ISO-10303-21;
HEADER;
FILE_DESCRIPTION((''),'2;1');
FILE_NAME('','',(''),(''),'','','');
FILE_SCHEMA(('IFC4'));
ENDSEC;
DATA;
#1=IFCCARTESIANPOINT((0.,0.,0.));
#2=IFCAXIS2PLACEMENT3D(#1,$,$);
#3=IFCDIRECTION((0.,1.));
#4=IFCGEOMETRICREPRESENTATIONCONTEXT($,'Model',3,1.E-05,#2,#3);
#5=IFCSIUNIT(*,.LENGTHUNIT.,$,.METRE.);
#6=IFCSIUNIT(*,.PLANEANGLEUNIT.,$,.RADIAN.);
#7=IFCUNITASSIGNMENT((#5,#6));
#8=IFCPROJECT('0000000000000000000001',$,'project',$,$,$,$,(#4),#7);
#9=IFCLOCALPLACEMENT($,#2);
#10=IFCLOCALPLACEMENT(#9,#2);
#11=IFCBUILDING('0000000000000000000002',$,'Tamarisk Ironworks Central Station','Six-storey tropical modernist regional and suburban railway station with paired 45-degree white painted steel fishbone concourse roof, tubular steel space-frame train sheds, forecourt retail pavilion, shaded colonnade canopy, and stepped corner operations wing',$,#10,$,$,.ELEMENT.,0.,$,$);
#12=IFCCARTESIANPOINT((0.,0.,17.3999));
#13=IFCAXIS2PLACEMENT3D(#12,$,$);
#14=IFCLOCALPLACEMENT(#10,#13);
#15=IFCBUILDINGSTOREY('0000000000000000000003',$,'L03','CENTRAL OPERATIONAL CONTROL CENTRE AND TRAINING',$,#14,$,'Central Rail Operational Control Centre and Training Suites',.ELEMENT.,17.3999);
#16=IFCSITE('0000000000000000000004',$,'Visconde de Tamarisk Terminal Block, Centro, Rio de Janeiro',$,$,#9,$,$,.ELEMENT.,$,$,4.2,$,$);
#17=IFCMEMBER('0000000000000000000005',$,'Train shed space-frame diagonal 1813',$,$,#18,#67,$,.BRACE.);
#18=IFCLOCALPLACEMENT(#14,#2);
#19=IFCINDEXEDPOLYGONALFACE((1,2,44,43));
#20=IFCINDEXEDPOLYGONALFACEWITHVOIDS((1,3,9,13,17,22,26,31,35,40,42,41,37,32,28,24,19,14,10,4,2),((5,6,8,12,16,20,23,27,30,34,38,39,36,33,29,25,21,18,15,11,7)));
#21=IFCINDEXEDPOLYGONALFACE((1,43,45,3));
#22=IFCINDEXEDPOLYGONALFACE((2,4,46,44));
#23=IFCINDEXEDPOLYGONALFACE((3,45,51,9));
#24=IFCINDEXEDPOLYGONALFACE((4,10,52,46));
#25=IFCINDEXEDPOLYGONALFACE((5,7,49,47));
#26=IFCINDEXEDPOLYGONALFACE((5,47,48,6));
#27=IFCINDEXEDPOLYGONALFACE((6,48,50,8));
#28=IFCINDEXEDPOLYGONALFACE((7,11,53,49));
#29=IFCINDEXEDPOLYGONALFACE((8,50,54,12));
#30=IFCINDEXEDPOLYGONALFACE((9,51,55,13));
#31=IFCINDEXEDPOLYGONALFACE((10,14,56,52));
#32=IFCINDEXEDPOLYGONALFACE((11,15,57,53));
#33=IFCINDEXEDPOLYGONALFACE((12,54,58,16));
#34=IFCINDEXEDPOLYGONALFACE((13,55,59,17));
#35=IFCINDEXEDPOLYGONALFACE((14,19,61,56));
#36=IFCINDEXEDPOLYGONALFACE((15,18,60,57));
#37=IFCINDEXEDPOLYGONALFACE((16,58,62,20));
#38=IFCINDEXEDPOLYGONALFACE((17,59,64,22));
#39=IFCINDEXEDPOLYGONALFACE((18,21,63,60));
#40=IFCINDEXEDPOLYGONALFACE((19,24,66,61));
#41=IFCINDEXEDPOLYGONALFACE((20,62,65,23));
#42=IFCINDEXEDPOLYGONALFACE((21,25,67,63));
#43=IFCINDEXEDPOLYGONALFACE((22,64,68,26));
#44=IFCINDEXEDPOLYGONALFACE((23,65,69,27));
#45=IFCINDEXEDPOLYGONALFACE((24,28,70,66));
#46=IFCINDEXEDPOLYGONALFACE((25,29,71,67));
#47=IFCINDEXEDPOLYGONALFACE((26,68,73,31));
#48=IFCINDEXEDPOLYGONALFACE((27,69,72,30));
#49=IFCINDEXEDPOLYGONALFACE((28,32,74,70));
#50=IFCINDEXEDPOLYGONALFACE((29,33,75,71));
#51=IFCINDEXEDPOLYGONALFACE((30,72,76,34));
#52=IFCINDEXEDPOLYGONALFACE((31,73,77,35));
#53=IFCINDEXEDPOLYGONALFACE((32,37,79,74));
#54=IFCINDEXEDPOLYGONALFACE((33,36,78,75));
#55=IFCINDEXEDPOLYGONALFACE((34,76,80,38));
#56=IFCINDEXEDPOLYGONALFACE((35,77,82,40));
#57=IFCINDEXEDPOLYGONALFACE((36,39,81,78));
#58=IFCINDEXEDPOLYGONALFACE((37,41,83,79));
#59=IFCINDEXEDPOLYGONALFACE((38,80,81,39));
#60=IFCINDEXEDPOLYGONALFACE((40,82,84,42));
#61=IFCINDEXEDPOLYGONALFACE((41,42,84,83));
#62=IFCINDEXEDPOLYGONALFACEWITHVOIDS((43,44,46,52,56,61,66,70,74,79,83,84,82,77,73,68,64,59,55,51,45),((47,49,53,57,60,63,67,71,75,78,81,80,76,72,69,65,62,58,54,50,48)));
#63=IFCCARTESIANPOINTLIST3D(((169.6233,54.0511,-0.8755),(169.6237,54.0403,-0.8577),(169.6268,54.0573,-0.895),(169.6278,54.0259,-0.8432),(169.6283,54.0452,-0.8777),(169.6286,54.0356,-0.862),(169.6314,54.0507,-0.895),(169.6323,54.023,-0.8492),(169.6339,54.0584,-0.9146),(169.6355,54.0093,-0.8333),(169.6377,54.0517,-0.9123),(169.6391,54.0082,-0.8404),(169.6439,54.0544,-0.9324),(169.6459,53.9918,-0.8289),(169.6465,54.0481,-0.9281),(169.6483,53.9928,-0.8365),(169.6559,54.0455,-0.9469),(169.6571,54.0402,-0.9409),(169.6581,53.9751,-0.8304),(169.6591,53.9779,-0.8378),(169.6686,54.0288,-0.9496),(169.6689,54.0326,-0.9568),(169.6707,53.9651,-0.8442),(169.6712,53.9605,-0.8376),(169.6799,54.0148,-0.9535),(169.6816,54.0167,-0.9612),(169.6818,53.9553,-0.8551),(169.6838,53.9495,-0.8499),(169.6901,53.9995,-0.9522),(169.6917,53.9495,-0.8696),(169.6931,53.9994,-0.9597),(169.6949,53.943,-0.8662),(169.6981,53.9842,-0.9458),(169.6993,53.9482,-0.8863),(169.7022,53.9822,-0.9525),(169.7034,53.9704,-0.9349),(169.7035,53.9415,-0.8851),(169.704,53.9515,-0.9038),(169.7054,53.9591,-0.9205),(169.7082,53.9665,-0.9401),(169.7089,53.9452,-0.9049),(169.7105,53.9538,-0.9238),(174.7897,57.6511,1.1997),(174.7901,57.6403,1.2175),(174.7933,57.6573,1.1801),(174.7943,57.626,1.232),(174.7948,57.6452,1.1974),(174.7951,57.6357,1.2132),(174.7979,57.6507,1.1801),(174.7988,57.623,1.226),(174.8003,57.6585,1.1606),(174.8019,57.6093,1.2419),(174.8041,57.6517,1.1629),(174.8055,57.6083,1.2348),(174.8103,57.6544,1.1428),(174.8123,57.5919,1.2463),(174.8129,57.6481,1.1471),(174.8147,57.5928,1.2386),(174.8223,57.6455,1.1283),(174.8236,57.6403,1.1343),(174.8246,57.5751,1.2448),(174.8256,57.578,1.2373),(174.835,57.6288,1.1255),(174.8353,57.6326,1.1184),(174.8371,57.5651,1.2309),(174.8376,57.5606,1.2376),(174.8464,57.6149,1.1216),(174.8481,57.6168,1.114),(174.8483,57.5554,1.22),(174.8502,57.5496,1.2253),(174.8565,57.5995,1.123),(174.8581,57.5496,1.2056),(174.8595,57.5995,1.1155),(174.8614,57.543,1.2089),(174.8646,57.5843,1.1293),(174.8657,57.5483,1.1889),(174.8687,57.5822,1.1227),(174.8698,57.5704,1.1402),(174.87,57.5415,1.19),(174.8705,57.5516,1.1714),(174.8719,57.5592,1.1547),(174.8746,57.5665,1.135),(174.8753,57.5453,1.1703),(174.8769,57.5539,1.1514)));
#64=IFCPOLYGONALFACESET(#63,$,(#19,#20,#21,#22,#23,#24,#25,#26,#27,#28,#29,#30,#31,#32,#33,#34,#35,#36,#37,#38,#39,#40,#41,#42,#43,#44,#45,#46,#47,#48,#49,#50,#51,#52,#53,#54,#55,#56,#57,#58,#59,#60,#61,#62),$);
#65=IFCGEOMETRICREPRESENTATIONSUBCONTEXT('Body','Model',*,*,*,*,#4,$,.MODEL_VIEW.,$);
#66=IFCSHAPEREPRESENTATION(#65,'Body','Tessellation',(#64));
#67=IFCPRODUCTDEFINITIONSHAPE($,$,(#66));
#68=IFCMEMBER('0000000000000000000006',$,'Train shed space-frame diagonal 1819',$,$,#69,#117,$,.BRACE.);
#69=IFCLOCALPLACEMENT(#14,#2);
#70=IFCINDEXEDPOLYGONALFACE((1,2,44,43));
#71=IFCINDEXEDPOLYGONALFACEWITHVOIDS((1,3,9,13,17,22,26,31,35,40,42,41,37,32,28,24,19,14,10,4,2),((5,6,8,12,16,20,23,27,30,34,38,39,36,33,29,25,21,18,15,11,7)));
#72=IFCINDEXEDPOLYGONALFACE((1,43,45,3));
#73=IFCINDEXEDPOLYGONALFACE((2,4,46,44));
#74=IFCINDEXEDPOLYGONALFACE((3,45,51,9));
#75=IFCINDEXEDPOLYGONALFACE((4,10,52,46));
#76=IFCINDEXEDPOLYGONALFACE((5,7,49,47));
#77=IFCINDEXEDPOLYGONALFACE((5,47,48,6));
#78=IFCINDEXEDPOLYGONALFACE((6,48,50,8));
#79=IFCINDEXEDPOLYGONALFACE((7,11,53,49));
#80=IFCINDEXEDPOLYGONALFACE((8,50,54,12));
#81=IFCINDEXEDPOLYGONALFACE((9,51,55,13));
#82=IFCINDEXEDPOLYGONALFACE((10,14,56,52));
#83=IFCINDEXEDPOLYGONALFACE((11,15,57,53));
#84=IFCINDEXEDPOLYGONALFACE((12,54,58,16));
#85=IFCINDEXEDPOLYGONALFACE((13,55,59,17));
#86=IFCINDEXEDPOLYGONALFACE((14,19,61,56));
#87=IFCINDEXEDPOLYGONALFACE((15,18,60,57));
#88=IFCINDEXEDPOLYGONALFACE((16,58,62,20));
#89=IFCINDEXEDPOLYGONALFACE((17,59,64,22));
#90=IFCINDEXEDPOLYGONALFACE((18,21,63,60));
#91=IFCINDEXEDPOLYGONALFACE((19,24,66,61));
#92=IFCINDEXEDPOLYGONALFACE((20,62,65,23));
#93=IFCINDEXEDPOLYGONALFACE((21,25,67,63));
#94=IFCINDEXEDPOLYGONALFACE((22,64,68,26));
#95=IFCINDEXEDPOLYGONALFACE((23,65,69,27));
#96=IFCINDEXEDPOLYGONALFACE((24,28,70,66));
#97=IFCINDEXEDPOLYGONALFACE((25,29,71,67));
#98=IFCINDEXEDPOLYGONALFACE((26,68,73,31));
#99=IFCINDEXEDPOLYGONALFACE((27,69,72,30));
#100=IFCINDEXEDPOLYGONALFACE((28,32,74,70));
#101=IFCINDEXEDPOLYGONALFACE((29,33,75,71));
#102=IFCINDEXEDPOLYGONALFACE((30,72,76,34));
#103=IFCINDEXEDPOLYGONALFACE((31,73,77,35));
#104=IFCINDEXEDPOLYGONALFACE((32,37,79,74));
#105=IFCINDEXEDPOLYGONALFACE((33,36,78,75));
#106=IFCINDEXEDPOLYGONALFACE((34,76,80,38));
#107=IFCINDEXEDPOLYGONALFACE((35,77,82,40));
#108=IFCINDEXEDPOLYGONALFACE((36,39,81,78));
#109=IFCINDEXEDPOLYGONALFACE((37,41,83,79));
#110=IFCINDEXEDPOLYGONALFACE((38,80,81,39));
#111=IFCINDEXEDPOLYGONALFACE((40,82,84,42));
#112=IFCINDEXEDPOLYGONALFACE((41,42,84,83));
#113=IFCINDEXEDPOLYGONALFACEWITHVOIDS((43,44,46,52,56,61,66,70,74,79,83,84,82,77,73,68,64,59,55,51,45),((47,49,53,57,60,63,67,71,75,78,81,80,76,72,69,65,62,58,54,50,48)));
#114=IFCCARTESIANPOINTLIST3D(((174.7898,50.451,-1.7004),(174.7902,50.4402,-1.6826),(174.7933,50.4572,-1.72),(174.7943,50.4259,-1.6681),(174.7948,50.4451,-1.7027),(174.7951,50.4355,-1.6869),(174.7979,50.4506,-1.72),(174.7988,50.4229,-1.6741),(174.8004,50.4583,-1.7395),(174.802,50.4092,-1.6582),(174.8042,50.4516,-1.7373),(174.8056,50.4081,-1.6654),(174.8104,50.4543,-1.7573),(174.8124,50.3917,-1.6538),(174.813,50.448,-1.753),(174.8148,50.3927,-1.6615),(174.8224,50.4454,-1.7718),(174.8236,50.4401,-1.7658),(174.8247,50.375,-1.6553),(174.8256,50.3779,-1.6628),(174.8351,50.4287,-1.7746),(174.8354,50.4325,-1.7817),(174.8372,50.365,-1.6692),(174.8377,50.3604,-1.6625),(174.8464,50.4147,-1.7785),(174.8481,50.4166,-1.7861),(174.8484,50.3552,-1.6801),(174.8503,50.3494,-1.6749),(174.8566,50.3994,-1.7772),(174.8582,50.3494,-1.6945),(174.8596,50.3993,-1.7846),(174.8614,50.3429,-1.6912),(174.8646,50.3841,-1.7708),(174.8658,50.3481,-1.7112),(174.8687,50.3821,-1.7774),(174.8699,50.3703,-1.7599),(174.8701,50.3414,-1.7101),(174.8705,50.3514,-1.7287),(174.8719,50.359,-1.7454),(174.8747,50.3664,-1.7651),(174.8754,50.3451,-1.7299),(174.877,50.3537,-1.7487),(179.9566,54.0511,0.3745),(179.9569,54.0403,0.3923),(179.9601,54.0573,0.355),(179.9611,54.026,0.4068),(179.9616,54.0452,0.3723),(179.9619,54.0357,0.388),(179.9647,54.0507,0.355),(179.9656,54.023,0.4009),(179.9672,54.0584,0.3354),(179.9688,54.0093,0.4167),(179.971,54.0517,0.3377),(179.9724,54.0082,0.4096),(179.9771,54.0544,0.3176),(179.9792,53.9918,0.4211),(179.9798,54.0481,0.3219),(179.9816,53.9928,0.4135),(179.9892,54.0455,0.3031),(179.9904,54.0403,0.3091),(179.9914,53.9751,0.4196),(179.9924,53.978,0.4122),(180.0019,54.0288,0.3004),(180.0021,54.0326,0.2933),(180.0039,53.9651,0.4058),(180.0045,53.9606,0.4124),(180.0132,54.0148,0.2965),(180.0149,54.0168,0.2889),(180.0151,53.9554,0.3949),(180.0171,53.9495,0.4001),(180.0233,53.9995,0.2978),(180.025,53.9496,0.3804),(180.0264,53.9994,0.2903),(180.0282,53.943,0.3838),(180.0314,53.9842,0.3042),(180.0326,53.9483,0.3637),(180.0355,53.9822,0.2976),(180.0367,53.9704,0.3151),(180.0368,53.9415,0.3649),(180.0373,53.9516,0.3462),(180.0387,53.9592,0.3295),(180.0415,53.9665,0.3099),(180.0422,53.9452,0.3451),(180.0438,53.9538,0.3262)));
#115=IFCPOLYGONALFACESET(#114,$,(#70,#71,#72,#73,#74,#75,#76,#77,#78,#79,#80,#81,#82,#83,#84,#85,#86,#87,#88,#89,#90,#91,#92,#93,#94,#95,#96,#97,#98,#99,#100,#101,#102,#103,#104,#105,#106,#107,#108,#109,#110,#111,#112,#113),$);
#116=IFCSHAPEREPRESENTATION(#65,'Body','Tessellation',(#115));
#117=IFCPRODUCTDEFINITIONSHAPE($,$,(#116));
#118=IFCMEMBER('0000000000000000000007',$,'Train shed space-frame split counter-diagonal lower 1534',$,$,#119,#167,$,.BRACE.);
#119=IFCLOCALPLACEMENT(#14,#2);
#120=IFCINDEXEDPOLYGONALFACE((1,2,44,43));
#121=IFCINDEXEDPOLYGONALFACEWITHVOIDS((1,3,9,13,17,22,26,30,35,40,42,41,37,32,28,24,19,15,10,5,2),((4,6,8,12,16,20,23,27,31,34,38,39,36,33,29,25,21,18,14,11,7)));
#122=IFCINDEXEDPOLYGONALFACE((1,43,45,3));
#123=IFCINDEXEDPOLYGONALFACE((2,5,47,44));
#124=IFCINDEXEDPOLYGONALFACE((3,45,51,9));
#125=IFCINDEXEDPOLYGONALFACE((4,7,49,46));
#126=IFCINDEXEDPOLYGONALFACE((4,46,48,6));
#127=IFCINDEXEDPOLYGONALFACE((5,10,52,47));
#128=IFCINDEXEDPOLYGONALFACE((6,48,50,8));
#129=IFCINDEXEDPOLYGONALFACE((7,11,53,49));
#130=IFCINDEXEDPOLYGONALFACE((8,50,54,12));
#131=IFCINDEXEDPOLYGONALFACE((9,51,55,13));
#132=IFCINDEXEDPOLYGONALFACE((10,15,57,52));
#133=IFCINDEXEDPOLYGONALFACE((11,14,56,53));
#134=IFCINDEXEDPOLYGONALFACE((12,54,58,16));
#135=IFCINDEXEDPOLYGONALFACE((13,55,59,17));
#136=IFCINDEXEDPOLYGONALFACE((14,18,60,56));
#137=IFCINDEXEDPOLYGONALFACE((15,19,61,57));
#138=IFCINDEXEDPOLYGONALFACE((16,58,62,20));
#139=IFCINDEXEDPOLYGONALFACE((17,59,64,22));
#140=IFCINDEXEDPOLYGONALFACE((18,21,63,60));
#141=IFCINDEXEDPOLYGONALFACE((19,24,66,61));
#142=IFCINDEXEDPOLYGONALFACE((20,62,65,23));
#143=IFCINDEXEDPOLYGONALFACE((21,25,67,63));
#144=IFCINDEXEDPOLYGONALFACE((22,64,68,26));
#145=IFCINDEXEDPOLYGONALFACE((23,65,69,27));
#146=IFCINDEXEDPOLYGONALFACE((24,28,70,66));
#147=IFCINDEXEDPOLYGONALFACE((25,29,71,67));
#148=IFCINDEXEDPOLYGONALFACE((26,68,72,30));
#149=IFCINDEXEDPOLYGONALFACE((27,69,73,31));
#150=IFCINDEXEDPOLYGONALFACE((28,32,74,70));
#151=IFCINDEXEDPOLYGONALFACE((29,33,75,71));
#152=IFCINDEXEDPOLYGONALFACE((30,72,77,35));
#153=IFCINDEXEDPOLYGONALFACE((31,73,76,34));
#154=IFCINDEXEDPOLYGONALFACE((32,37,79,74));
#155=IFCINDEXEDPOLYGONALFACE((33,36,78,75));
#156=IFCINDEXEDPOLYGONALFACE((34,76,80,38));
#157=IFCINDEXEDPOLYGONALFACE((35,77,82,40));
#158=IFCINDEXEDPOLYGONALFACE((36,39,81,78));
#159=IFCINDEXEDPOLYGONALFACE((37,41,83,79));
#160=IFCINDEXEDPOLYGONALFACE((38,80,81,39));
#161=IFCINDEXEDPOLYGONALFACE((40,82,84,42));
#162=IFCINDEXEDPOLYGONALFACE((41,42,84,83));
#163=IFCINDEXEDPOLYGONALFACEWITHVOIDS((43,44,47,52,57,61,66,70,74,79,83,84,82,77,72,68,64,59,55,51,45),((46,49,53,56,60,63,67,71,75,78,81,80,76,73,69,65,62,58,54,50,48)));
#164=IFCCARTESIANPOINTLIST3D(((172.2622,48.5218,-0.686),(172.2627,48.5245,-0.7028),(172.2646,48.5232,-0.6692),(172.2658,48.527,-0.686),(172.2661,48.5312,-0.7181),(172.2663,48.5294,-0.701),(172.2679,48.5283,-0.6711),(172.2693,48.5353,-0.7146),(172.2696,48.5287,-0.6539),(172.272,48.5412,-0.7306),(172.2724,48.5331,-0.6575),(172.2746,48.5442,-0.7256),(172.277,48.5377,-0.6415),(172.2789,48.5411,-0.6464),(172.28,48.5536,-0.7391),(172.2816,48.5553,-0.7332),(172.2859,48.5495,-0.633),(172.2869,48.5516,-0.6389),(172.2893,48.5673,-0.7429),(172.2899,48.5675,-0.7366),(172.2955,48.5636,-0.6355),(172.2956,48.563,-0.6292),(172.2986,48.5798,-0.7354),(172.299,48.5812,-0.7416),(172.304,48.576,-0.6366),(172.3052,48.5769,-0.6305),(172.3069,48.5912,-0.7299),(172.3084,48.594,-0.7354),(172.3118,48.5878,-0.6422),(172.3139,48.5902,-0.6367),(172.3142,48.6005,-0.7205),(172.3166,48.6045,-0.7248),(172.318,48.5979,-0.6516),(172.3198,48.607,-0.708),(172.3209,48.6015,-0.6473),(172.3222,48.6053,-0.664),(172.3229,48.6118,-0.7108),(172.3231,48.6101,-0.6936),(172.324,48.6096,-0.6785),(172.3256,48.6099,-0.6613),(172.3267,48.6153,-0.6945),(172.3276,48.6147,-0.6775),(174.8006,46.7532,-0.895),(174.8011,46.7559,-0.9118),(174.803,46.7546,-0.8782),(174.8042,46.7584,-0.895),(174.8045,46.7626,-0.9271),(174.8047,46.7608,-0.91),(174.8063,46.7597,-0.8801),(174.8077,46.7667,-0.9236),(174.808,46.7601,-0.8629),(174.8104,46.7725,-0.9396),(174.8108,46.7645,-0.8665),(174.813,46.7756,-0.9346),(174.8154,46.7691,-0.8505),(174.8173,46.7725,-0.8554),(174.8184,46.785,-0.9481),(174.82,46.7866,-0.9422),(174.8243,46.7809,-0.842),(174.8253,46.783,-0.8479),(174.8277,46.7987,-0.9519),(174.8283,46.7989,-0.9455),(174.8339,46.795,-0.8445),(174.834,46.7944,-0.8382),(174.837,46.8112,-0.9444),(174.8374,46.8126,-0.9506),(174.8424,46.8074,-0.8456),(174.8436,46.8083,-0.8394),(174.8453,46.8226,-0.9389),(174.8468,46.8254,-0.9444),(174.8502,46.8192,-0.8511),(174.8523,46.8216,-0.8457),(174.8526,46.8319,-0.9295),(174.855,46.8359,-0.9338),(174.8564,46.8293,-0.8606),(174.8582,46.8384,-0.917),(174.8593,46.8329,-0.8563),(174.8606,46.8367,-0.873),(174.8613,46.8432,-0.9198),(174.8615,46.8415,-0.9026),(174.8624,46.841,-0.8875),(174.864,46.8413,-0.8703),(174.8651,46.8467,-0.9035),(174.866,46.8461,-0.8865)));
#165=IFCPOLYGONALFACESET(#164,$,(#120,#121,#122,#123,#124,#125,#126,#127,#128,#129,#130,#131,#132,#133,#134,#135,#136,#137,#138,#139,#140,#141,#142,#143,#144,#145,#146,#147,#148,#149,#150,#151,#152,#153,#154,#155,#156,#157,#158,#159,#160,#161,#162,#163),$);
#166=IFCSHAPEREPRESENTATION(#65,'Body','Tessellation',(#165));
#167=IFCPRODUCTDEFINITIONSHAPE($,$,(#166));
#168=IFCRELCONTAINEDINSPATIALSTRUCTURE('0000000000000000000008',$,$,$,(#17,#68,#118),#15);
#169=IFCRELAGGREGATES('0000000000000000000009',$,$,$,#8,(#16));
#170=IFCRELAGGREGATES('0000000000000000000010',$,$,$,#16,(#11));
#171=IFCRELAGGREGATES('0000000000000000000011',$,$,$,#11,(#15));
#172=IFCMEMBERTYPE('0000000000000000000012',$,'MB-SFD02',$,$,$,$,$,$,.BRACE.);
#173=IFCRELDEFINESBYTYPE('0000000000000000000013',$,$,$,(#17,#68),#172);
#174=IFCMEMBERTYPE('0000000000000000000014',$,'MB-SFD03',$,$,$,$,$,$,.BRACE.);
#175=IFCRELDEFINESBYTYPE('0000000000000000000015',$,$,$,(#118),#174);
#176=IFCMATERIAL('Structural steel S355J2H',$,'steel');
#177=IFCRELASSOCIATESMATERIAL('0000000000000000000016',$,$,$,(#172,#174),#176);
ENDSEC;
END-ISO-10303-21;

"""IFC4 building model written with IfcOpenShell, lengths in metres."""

from ifc_helpers import new_model, si_unit, direction, frame, origin, origin_2d, place, context, subcontext, project, spatial, hollow_circle, extrude, material, material_profile, profile_set, type_object, element, save


model = new_model("IFC4")

# Units and contexts
model_context = context("Model", 3, precision=1e-05, world=origin(), true_north=direction((0.0, 1.0)))
body_context = subcontext(model_context, "Body", "Model", "MODEL_VIEW")
ifc_project = project(units=[si_unit("LENGTHUNIT", "METRE"), si_unit("PLANEANGLEUNIT", "RADIAN")], contexts=[model_context])

# Site, building, storey
site_placement = place(None, origin())
site = spatial("IfcSite", under=ifc_project, at=site_placement, Name="Visconde de Tamarisk Terminal Block, Centro, Rio de Janeiro", CompositionType="ELEMENT", RefElevation=4.2)
building_placement = place(site_placement, origin())
building = spatial("IfcBuilding", under=site, at=building_placement, Name="Tamarisk Ironworks Central Station", Description="Six-storey tropical modernist regional and suburban railway station with paired 45-degree white painted steel fishbone concourse roof, tubular steel space-frame train sheds, forecourt retail pavilion, shaded colonnade canopy, and stepped corner operations wing", CompositionType="ELEMENT", ElevationOfRefHeight=0.0)
storey_placement = place(building_placement, frame((0.0, 0.0, 17.3999)))
storey = spatial("IfcBuildingStorey", under=building, at=storey_placement, Name="L03", Description="CENTRAL OPERATIONAL CONTROL CENTRE AND TRAINING", LongName="Central Rail Operational Control Centre and Training Suites", CompositionType="ELEMENT", Elevation=17.3999)

# Members
ifc_material_1 = material(Name="Structural steel S355J2H", Category="steel")
ifc_material_profile_1 = material_profile(ifc_material_1, hollow_circle(Radius=0.0698, WallThickness=0.0081, at=origin_2d()), Name="CHS 139.7x8")
ifc_profile_set_1 = profile_set([ifc_material_profile_1], Name="Structural steel S355J2H")
member_type_1 = type_object("IfcMemberType", Name="MB-SFD02", PredefinedType="BRACE", material=ifc_profile_set_1)
member_1_placement = place(storey_placement, frame((169.6667, 54.0, -0.895), z_axis=(0.779235, 0.542983, 0.31299), x_axis=(-0.571707, 0.820458, 0.0)))
element("IfcMember", 1, at=member_1_placement, inside=storey, type_object=member_type_1, Name="Train shed space-frame diagonal 1813", PredefinedType="BRACE", context=body_context, shape_type="SweptSolid", body=[
    extrude(hollow_circle(Radius=0.0698, WallThickness=0.0081, at=origin_2d()), origin(), (0.0, 0.0, 1.0), 6.6301),
])
member_2_placement = place(storey_placement, frame((174.8333, 50.3999, -1.72), z_axis=(0.779258, 0.542973, 0.312948), x_axis=(-0.571689, 0.82047, 0.0)))
element("IfcMember", 2, at=member_2_placement, inside=storey, type_object=member_type_1, Name="Train shed space-frame diagonal 1819", PredefinedType="BRACE", context=body_context, shape_type="SweptSolid", body=[
    extrude(hollow_circle(Radius=0.0698, WallThickness=0.0081, at=origin_2d()), origin(), (0.0, 0.0, 1.0), 6.6304),
])
ifc_material_profile_2 = material_profile(ifc_material_1, hollow_circle(Radius=0.0571, WallThickness=0.0063, at=origin_2d()), Name="CHS 114.3x6.3")
ifc_profile_set_2 = profile_set([ifc_material_profile_2], Name="Structural steel S355J2H")
member_type_2 = type_object("IfcMemberType", Name="MB-SFD03", PredefinedType="BRACE", material=ifc_profile_set_2)
for number, where, z_axis, x_axis, name in (
    (3, (174.8333, 46.8, -0.895), (-0.818621, 0.570366, 0.067398), (-0.571666, -0.820487, 0.0), "Train shed space-frame split counter-diagonal lower 1534"),
):
    element("IfcMember", number, at=place(storey_placement, frame(where, z_axis=z_axis, x_axis=x_axis)), inside=storey, type_object=member_type_2, Name=name, PredefinedType="BRACE", context=body_context, shape_type="SweptSolid", body=[
        extrude(hollow_circle(Radius=0.0571, WallThickness=0.0063, at=origin_2d()), origin(), (0.0, 0.0, 1.0), 3.1008),
    ])

save(model, "model.ifc")
